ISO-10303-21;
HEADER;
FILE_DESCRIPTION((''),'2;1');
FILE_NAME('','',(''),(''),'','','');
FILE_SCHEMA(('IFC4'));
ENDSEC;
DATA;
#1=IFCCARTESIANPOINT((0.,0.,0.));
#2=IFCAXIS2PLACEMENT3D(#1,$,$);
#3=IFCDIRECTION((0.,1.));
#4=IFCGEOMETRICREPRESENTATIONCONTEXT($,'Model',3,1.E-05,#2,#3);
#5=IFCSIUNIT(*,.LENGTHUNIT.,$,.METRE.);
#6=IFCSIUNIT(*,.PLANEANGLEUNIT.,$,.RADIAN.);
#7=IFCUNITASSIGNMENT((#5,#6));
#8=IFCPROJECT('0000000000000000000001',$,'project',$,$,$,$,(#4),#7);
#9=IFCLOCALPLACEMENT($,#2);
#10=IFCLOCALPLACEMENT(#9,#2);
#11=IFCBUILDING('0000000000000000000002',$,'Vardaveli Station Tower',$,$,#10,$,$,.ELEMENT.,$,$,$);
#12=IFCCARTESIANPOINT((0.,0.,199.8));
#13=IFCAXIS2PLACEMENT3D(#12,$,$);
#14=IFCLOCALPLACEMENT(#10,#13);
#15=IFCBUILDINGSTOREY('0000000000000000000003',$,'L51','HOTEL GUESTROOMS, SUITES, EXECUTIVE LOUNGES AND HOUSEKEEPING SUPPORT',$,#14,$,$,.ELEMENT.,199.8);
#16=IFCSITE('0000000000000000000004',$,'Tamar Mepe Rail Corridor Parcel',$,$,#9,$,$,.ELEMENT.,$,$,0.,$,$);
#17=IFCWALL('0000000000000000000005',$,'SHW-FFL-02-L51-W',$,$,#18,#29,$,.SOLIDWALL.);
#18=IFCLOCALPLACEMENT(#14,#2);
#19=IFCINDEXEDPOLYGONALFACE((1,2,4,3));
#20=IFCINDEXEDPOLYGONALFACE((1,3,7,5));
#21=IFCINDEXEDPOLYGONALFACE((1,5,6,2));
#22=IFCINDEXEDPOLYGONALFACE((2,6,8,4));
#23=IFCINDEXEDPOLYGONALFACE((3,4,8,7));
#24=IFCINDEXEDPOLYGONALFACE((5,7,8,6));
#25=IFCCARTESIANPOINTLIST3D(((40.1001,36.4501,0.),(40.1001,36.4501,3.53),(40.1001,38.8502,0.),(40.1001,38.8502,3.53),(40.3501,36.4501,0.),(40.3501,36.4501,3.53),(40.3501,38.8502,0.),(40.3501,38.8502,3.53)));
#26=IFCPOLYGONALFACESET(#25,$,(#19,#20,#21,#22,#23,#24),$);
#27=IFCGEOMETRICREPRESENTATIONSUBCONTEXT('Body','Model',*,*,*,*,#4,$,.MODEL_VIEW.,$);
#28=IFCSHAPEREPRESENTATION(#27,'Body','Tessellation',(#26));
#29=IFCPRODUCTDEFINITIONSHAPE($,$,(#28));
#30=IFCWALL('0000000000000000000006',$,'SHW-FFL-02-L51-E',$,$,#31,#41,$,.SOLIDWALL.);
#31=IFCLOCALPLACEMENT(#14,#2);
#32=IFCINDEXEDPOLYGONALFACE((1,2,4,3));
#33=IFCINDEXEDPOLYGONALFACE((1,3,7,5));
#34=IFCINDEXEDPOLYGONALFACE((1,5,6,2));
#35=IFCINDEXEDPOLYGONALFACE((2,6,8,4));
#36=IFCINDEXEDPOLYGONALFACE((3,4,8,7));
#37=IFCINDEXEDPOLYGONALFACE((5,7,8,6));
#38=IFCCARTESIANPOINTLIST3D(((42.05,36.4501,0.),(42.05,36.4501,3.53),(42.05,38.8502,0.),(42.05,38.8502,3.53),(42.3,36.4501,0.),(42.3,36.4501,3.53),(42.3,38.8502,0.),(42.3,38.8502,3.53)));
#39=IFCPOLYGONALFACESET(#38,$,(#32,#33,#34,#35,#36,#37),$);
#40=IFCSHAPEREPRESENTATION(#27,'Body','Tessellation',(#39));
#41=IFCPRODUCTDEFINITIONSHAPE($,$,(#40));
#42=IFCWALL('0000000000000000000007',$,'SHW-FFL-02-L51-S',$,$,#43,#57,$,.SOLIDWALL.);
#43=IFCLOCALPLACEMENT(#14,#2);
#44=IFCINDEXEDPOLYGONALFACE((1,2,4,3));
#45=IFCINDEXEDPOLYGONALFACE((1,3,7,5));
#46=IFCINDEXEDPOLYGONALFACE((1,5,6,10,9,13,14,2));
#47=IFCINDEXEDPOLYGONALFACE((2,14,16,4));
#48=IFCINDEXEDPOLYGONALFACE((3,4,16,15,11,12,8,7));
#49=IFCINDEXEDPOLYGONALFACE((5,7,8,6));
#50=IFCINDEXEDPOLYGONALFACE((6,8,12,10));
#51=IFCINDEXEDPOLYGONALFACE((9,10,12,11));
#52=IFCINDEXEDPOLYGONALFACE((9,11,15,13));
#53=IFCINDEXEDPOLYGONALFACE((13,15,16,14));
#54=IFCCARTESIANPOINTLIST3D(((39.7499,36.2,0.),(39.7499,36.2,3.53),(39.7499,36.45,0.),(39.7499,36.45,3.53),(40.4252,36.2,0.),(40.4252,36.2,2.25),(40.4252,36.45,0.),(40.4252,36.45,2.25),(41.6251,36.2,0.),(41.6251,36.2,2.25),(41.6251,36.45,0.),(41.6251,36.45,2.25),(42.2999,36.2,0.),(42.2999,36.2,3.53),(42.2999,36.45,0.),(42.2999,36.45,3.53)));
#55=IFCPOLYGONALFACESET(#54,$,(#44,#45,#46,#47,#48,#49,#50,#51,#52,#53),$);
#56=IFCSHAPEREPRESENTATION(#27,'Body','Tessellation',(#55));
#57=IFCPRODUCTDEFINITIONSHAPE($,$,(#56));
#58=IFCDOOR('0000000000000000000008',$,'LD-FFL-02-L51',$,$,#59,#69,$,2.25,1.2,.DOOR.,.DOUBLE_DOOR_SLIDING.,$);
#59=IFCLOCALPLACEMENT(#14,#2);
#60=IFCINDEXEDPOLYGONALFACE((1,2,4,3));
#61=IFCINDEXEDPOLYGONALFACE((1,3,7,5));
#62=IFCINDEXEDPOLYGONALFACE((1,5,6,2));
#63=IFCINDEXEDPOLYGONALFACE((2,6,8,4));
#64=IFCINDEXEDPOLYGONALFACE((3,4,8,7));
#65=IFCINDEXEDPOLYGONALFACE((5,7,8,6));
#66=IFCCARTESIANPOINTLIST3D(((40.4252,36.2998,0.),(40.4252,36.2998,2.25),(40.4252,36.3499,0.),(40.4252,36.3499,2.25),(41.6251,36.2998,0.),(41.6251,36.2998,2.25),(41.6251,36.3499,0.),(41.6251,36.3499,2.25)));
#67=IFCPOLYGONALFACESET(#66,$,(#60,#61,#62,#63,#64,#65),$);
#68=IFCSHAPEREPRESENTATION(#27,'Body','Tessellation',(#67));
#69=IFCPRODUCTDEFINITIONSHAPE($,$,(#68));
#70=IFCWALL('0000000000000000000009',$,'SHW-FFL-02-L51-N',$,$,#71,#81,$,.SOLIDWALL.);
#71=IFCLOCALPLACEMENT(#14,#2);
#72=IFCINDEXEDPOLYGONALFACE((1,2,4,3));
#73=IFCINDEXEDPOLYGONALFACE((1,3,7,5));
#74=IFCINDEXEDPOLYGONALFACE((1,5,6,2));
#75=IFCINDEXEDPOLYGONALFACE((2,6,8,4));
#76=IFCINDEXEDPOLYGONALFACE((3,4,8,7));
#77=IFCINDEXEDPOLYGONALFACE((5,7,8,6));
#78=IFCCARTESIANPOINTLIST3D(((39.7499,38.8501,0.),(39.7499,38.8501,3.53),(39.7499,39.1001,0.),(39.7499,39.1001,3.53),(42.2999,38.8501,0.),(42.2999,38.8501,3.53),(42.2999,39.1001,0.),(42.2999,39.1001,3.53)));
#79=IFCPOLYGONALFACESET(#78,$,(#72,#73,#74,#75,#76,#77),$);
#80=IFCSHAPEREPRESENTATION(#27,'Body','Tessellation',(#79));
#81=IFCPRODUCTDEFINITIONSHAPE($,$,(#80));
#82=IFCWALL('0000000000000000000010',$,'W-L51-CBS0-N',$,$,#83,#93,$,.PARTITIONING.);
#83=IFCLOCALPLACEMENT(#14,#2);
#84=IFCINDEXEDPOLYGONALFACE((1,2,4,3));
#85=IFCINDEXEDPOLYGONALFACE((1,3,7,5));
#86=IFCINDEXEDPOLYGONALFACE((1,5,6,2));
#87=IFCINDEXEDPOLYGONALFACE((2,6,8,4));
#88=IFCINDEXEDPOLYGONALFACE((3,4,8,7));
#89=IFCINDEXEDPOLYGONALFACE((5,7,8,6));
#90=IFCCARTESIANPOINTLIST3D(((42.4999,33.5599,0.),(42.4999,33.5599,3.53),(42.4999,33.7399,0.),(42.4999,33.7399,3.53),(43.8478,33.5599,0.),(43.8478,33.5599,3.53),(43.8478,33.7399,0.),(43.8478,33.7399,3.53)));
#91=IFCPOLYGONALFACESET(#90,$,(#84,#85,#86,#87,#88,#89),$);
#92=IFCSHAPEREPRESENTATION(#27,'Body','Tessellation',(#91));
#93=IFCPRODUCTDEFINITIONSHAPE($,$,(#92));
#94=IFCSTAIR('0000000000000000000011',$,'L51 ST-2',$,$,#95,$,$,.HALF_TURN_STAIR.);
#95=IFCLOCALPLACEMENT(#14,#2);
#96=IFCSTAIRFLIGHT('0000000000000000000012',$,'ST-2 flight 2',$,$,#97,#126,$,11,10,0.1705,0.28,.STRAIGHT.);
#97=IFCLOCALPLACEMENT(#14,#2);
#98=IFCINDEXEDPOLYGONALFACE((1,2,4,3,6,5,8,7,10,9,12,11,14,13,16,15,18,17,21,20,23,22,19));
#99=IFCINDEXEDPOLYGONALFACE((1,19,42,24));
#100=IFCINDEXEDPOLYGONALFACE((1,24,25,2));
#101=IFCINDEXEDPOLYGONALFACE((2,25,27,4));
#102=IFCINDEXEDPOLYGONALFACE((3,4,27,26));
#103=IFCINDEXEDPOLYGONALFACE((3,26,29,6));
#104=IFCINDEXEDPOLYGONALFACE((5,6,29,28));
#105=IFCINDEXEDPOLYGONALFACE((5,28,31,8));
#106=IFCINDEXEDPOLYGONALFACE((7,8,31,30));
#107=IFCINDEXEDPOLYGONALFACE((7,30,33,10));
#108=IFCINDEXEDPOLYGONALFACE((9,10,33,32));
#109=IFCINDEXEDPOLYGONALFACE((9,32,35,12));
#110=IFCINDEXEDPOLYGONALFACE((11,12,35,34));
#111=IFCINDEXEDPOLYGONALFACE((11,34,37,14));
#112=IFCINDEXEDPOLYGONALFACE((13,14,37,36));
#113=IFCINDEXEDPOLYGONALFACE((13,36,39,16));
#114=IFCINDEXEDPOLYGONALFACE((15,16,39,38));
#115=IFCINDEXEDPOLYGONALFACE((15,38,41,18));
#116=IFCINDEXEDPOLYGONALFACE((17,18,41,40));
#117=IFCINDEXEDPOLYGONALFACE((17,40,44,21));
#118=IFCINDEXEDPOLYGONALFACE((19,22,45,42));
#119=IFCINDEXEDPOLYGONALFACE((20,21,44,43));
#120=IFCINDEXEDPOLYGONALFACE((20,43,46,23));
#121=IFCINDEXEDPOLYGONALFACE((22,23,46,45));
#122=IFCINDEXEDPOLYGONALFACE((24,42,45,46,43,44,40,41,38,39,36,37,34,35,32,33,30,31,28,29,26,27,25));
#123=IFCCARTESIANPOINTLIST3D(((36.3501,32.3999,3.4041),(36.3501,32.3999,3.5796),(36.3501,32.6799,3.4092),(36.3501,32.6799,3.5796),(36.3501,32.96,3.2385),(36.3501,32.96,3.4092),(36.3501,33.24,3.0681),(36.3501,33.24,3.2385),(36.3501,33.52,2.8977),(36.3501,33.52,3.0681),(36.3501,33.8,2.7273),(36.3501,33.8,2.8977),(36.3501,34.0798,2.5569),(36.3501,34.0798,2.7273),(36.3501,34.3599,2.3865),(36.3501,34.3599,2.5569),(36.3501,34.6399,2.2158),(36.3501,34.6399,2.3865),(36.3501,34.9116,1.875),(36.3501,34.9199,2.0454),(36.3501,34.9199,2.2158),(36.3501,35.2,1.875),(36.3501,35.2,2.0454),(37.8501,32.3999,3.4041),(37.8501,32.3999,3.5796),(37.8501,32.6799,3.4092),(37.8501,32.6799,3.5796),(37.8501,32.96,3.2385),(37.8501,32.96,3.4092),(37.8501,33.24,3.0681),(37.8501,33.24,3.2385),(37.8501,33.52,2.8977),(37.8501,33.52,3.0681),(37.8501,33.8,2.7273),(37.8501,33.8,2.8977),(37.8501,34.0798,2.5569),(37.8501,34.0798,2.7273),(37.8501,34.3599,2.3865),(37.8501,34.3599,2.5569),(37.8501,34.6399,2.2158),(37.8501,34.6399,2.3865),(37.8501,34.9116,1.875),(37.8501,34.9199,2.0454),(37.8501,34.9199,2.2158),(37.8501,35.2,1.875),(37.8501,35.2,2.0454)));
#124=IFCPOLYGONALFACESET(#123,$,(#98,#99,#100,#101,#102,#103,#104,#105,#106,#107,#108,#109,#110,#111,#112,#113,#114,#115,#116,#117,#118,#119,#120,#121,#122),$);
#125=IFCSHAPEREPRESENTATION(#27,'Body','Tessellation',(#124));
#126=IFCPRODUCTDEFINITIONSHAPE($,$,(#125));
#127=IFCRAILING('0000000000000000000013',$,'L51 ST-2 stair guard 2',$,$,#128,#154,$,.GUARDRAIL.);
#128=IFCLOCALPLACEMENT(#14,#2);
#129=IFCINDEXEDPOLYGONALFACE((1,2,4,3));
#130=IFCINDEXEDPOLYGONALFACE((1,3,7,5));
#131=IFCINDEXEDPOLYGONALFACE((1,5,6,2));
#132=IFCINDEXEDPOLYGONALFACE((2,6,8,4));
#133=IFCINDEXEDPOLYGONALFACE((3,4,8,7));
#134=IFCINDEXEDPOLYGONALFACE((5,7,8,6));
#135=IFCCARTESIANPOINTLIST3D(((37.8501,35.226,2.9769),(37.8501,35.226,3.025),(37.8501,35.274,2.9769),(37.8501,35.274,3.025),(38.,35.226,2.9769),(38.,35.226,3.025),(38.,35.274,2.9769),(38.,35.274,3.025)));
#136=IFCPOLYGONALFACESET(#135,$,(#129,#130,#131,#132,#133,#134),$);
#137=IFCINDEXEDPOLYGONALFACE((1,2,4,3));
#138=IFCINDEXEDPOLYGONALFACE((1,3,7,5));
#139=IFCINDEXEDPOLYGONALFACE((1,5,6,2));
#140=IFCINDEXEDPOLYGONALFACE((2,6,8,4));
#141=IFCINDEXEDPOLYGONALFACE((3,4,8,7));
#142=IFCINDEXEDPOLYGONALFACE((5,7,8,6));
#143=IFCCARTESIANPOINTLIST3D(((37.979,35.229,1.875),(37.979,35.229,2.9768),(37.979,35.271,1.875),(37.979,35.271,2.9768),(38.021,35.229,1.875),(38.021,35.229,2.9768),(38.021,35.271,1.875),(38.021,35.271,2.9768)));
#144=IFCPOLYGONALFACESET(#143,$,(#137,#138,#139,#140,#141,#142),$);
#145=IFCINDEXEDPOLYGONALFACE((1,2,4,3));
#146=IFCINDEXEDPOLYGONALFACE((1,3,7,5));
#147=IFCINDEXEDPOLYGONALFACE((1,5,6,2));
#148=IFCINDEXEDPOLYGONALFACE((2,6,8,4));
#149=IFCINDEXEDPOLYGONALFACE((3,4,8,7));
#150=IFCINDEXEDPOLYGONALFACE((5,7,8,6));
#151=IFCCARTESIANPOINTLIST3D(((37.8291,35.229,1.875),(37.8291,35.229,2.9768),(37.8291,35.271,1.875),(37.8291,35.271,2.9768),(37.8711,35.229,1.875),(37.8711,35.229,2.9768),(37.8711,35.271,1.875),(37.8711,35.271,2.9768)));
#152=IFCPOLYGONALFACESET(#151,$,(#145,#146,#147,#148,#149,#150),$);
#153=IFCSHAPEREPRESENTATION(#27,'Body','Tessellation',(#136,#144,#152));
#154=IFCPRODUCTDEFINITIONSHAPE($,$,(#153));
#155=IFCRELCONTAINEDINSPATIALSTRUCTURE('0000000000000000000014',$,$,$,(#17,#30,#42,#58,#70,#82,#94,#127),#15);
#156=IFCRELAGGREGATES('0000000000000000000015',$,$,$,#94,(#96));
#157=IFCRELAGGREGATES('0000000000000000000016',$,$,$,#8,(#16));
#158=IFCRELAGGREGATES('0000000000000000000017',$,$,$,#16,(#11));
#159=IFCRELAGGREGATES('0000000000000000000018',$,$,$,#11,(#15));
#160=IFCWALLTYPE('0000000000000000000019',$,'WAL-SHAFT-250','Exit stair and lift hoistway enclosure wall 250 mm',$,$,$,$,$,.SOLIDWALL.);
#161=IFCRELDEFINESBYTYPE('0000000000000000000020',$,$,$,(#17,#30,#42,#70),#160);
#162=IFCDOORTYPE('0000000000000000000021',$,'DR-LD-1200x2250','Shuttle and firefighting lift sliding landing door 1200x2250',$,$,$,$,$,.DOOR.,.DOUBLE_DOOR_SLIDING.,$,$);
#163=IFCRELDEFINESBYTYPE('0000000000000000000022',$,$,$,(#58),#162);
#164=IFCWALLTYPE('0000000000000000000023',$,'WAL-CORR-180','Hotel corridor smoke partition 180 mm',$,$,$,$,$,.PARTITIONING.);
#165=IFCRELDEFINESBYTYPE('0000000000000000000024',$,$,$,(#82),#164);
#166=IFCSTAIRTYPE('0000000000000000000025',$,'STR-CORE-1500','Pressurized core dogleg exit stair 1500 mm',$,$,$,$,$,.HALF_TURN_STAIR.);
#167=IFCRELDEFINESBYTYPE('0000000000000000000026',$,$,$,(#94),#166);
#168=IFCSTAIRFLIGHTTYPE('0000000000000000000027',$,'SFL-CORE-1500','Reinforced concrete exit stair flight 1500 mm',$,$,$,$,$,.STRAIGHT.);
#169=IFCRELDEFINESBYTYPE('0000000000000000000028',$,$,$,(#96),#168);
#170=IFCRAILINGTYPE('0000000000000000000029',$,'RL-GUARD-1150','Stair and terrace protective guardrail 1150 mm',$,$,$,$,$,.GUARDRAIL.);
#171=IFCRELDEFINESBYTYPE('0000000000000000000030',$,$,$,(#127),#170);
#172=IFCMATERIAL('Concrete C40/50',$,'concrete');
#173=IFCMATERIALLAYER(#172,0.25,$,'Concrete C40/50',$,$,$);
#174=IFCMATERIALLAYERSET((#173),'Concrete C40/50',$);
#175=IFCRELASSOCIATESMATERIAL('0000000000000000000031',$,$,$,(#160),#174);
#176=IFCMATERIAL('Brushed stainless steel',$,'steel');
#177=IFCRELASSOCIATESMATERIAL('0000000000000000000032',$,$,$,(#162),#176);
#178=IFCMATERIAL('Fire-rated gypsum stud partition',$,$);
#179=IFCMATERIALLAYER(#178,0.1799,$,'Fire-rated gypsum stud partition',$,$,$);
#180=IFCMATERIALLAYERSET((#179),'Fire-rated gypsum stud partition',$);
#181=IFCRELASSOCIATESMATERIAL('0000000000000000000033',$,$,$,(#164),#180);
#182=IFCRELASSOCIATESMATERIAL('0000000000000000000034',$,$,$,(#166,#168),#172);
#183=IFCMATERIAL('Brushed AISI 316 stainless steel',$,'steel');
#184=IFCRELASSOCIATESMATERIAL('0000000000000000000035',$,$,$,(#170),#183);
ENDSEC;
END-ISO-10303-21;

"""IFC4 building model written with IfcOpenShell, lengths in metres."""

from ifc_helpers import new_model, si_unit, direction, frame, frame_2d, origin, origin_2d, place, context, subcontext, project, spatial, polyline, rectangle, outline, extrude, source, transform, mapped, material, layer, layer_set, type_object, element, fill, aggregate, save


model = new_model("IFC4")

# Units and contexts
model_context = context("Model", 3, precision=1e-05, world=origin(), true_north=direction((0.0, 1.0)))
body_context = subcontext(model_context, "Body", "Model", "MODEL_VIEW")
ifc_project = project(units=[si_unit("LENGTHUNIT", "METRE"), si_unit("PLANEANGLEUNIT", "RADIAN")], contexts=[model_context])

# Site, building, storey
site_placement = place(None, origin())
site = spatial("IfcSite", under=ifc_project, at=site_placement, Name="Tamar Mepe Rail Corridor Parcel", CompositionType="ELEMENT", RefElevation=0.0)
building_placement = place(site_placement, origin())
building = spatial("IfcBuilding", under=site, at=building_placement, Name="Vardaveli Station Tower", CompositionType="ELEMENT")
storey_placement = place(building_placement, frame((0.0, 0.0, 199.8)))
storey = spatial("IfcBuildingStorey", under=building, at=storey_placement, Name="L51", Description="HOTEL GUESTROOMS, SUITES, EXECUTIVE LOUNGES AND HOUSEKEEPING SUPPORT", CompositionType="ELEMENT", Elevation=199.8)

# Walls
ifc_material_1 = material(Name="Concrete C40/50", Category="concrete")
ifc_layer_1 = layer(ifc_material_1, 0.25, Name="Concrete C40/50")
ifc_layer_set_1 = layer_set([ifc_layer_1], Name="Concrete C40/50")
wall_type_1 = type_object("IfcWallType", Name="WAL-SHAFT-250", Description="Exit stair and lift hoistway enclosure wall 250 mm", PredefinedType="SOLIDWALL", material=ifc_layer_set_1)
shared_shape_1 = source(origin(), body_context, "Body", "SweptSolid", [
    extrude(rectangle(XDim=2.4001, YDim=0.25, at=frame_2d((1.2002, 0.0))), origin(), (0.0, 0.0, 1.0), 3.53),
])
for number, where, z_axis, x_axis, name in (
    (1, (40.2251, 36.45, 0.0), (0.0, 0.0, 1.0), (0.0, 1.0, 0.0), "SHW-FFL-02-L51-W"),
    (2, (42.175, 36.45, 0.0), (0.0, 0.0, 1.0), (0.0, 1.0, 0.0), "SHW-FFL-02-L51-E"),
):
    element("IfcWall", number, at=place(storey_placement, frame(where, z_axis=z_axis, x_axis=x_axis)), inside=storey, type_object=wall_type_1, Name=name, PredefinedType="SOLIDWALL", context=body_context, shape_type="MappedRepresentation", body=[
        mapped(shared_shape_1, transform((0.0, 0.0, 0.0), scale=1.0)),
    ])

# Wall, opening, door
shared_shape_2 = source(origin(), body_context, "Body", "SweptSolid", [
    extrude(rectangle(XDim=2.55, YDim=0.25, at=frame_2d((1.2749, 0.0))), origin(), (0.0, 0.0, 1.0), 3.53),
])
wall_1_placement = place(storey_placement, frame((39.75, 36.325, 0.0), z_axis=(0.0, 0.0, 1.0), x_axis=(1.0, 0.0, 0.0)))
wall_1 = element("IfcWall", 3, at=wall_1_placement, inside=storey, type_object=wall_type_1, Name="SHW-FFL-02-L51-S", PredefinedType="SOLIDWALL", context=body_context, shape_type="MappedRepresentation", body=[
    mapped(shared_shape_2, transform((0.0, 0.0, 0.0), scale=1.0)),
])
shared_shape_3 = source(origin(), body_context, "Body", "SweptSolid", [
    extrude(rectangle(XDim=1.2, YDim=2.25, at=frame_2d((0.6001, 1.125))), frame((0.0, 0.135, 0.0), z_axis=(0.0, -1.0, 0.0), x_axis=(1.0, 0.0, 0.0)), (0.0, 0.0, 1.0), 0.27),
])
opening_placement = place(wall_1_placement, frame((0.675, 0.0, 0.0)))
opening = element("IfcOpeningElement", 4, at=opening_placement, cuts=wall_1, PredefinedType="OPENING", context=body_context, shape_type="MappedRepresentation", body=[
    mapped(shared_shape_3, transform((0.0, 0.0, 0.0), scale=1.0)),
])
ifc_material_2 = material(Name="Brushed stainless steel", Category="steel")
door_type = type_object("IfcDoorType", Name="DR-LD-1200x2250", Description="Shuttle and firefighting lift sliding landing door 1200x2250", OperationType="DOUBLE_DOOR_SLIDING", PredefinedType="DOOR", material=ifc_material_2)
shared_shape_4 = source(origin(), body_context, "Body", "SweptSolid", [
    extrude(rectangle(XDim=1.2, YDim=2.25, at=frame_2d((0.6001, 1.125))), frame((0.0, 0.0249, 0.0), z_axis=(0.0, -1.0, 0.0), x_axis=(1.0, 0.0, 0.0)), (0.0, 0.0, 1.0), 0.05),
])
door_placement = place(opening_placement, origin())
door = element("IfcDoor", 5, at=door_placement, inside=storey, type_object=door_type, Name="LD-FFL-02-L51", OperationType="DOUBLE_DOOR_SLIDING", OverallHeight=2.25, OverallWidth=1.2, PredefinedType="DOOR", context=body_context, shape_type="MappedRepresentation", body=[
    mapped(shared_shape_4, transform((0.0, 0.0, 0.0), scale=1.0)),
])
fill(opening, door)

# Walls
wall_2_placement = place(storey_placement, frame((39.75, 38.9751, 0.0), z_axis=(0.0, 0.0, 1.0), x_axis=(1.0, 0.0, 0.0)))
element("IfcWall", 6, at=wall_2_placement, inside=storey, type_object=wall_type_1, Name="SHW-FFL-02-L51-N", PredefinedType="SOLIDWALL", context=body_context, shape_type="MappedRepresentation", body=[
    mapped(shared_shape_2, transform((0.0, 0.0, 0.0), scale=1.0)),
])
ifc_material_3 = material(Name="Fire-rated gypsum stud partition")
ifc_layer_2 = layer(ifc_material_3, 0.1799, Name="Fire-rated gypsum stud partition")
ifc_layer_set_2 = layer_set([ifc_layer_2], Name="Fire-rated gypsum stud partition")
wall_type_2 = type_object("IfcWallType", Name="WAL-CORR-180", Description="Hotel corridor smoke partition 180 mm", PredefinedType="PARTITIONING", material=ifc_layer_set_2)
shared_shape_5 = source(origin(), body_context, "Body", "SweptSolid", [
    extrude(rectangle(XDim=1.3479, YDim=0.1799, at=frame_2d((0.6738, 0.0))), origin(), (0.0, 0.0, 1.0), 3.53),
])
wall_3_placement = place(storey_placement, frame((42.5, 33.6499, 0.0), z_axis=(0.0, 0.0, 1.0), x_axis=(1.0, 0.0, 0.0)))
element("IfcWall", 7, at=wall_3_placement, inside=storey, type_object=wall_type_2, Name="W-L51-CBS0-N", PredefinedType="PARTITIONING", context=body_context, shape_type="MappedRepresentation", body=[
    mapped(shared_shape_5, transform((0.0, 0.0, 0.0), scale=1.0)),
])

# Stair, stair flight
stair_type = type_object("IfcStairType", Name="STR-CORE-1500", Description="Pressurized core dogleg exit stair 1500 mm", PredefinedType="HALF_TURN_STAIR", material=ifc_material_1)
stair_placement = place(storey_placement, origin())
stair = element("IfcStair", 8, at=stair_placement, inside=storey, type_object=stair_type, Name="L51 ST-2", PredefinedType="HALF_TURN_STAIR")
stair_flight_type = type_object("IfcStairFlightType", Name="SFL-CORE-1500", Description="Reinforced concrete exit stair flight 1500 mm", PredefinedType="STRAIGHT", material=ifc_material_1)
shared_shape_6 = source(origin(), body_context, "Body", "SweptSolid", [
    extrude(outline(polyline([(0.0, 0.0), (0.0, 0.1704), (0.28, 0.1704), (0.28, 0.3408), (0.5601, 0.3408), (0.5601, 0.5115), (0.8401, 0.5115), (0.8401, 0.6819), (1.1201, 0.6819), (1.1201, 0.8523), (1.3999, 0.8523), (1.3999, 1.0227), (1.6799, 1.0227), (1.6799, 1.1931), (1.96, 1.1931), (1.96, 1.3635), (2.24, 1.3635), (2.24, 1.5342), (2.52, 1.5342), (2.52, 1.7046), (2.8, 1.7046), (2.8, 1.875), (2.8, 1.5291), (0.2883, 0.0), (0.0, 0.0)])), frame((0.0, 0.75, 0.0), z_axis=(0.0, -1.0, 0.0), x_axis=(1.0, 0.0, 0.0)), (0.0, 0.0, 1.0), 1.5),
])
stair_flight_placement = place(storey_placement, frame((37.1001, 35.2, 1.875), z_axis=(0.0, 0.0, 1.0), x_axis=(0.0, -1.0, 0.0)))
stair_flight = element("IfcStairFlight", 9, at=stair_flight_placement, type_object=stair_flight_type, Name="ST-2 flight 2", NumberOfRisers=11, NumberOfTreads=10, PredefinedType="STRAIGHT", RiserHeight=0.1705, TreadLength=0.28, context=body_context, shape_type="MappedRepresentation", body=[
    mapped(shared_shape_6, transform((0.0, 0.0, 0.0), scale=1.0)),
])
aggregate(stair, [stair_flight])

# Railing
ifc_material_4 = material(Name="Brushed AISI 316 stainless steel", Category="steel")
railing_type_1 = type_object("IfcRailingType", Name="RL-GUARD-1150", Description="Stair and terrace protective guardrail 1150 mm", PredefinedType="GUARDRAIL", material=ifc_material_4)
shared_shape_7 = source(origin(), body_context, "Body", "SweptSolid", [
    extrude(rectangle(XDim=0.0481, YDim=0.0481, at=origin_2d()), frame((0.0, 0.0, 1.126), z_axis=(-1.0, 0.0, 0.0), x_axis=(0.0, -1.0, 0.0)), (0.0, 0.0, 1.0), 0.1499),
    extrude(rectangle(XDim=0.042, YDim=0.042, at=origin_2d()), origin(), (0.0, 0.0, 1.0), 1.1018),
    extrude(rectangle(XDim=0.042, YDim=0.042, at=origin_2d()), frame((-0.1499, 0.0, 0.0)), (0.0, 0.0, 1.0), 1.1018),
])
railing_1_placement = place(storey_placement, frame((38.0, 35.25, 1.875)))
element("IfcRailing", 10, at=railing_1_placement, inside=storey, type_object=railing_type_1, Name="L51 ST-2 stair guard 2", PredefinedType="GUARDRAIL", context=body_context, shape_type="MappedRepresentation", body=[
    mapped(shared_shape_7, transform((0.0, 0.0, 0.0), scale=1.0)),
])

save(model, "model.ifc")
